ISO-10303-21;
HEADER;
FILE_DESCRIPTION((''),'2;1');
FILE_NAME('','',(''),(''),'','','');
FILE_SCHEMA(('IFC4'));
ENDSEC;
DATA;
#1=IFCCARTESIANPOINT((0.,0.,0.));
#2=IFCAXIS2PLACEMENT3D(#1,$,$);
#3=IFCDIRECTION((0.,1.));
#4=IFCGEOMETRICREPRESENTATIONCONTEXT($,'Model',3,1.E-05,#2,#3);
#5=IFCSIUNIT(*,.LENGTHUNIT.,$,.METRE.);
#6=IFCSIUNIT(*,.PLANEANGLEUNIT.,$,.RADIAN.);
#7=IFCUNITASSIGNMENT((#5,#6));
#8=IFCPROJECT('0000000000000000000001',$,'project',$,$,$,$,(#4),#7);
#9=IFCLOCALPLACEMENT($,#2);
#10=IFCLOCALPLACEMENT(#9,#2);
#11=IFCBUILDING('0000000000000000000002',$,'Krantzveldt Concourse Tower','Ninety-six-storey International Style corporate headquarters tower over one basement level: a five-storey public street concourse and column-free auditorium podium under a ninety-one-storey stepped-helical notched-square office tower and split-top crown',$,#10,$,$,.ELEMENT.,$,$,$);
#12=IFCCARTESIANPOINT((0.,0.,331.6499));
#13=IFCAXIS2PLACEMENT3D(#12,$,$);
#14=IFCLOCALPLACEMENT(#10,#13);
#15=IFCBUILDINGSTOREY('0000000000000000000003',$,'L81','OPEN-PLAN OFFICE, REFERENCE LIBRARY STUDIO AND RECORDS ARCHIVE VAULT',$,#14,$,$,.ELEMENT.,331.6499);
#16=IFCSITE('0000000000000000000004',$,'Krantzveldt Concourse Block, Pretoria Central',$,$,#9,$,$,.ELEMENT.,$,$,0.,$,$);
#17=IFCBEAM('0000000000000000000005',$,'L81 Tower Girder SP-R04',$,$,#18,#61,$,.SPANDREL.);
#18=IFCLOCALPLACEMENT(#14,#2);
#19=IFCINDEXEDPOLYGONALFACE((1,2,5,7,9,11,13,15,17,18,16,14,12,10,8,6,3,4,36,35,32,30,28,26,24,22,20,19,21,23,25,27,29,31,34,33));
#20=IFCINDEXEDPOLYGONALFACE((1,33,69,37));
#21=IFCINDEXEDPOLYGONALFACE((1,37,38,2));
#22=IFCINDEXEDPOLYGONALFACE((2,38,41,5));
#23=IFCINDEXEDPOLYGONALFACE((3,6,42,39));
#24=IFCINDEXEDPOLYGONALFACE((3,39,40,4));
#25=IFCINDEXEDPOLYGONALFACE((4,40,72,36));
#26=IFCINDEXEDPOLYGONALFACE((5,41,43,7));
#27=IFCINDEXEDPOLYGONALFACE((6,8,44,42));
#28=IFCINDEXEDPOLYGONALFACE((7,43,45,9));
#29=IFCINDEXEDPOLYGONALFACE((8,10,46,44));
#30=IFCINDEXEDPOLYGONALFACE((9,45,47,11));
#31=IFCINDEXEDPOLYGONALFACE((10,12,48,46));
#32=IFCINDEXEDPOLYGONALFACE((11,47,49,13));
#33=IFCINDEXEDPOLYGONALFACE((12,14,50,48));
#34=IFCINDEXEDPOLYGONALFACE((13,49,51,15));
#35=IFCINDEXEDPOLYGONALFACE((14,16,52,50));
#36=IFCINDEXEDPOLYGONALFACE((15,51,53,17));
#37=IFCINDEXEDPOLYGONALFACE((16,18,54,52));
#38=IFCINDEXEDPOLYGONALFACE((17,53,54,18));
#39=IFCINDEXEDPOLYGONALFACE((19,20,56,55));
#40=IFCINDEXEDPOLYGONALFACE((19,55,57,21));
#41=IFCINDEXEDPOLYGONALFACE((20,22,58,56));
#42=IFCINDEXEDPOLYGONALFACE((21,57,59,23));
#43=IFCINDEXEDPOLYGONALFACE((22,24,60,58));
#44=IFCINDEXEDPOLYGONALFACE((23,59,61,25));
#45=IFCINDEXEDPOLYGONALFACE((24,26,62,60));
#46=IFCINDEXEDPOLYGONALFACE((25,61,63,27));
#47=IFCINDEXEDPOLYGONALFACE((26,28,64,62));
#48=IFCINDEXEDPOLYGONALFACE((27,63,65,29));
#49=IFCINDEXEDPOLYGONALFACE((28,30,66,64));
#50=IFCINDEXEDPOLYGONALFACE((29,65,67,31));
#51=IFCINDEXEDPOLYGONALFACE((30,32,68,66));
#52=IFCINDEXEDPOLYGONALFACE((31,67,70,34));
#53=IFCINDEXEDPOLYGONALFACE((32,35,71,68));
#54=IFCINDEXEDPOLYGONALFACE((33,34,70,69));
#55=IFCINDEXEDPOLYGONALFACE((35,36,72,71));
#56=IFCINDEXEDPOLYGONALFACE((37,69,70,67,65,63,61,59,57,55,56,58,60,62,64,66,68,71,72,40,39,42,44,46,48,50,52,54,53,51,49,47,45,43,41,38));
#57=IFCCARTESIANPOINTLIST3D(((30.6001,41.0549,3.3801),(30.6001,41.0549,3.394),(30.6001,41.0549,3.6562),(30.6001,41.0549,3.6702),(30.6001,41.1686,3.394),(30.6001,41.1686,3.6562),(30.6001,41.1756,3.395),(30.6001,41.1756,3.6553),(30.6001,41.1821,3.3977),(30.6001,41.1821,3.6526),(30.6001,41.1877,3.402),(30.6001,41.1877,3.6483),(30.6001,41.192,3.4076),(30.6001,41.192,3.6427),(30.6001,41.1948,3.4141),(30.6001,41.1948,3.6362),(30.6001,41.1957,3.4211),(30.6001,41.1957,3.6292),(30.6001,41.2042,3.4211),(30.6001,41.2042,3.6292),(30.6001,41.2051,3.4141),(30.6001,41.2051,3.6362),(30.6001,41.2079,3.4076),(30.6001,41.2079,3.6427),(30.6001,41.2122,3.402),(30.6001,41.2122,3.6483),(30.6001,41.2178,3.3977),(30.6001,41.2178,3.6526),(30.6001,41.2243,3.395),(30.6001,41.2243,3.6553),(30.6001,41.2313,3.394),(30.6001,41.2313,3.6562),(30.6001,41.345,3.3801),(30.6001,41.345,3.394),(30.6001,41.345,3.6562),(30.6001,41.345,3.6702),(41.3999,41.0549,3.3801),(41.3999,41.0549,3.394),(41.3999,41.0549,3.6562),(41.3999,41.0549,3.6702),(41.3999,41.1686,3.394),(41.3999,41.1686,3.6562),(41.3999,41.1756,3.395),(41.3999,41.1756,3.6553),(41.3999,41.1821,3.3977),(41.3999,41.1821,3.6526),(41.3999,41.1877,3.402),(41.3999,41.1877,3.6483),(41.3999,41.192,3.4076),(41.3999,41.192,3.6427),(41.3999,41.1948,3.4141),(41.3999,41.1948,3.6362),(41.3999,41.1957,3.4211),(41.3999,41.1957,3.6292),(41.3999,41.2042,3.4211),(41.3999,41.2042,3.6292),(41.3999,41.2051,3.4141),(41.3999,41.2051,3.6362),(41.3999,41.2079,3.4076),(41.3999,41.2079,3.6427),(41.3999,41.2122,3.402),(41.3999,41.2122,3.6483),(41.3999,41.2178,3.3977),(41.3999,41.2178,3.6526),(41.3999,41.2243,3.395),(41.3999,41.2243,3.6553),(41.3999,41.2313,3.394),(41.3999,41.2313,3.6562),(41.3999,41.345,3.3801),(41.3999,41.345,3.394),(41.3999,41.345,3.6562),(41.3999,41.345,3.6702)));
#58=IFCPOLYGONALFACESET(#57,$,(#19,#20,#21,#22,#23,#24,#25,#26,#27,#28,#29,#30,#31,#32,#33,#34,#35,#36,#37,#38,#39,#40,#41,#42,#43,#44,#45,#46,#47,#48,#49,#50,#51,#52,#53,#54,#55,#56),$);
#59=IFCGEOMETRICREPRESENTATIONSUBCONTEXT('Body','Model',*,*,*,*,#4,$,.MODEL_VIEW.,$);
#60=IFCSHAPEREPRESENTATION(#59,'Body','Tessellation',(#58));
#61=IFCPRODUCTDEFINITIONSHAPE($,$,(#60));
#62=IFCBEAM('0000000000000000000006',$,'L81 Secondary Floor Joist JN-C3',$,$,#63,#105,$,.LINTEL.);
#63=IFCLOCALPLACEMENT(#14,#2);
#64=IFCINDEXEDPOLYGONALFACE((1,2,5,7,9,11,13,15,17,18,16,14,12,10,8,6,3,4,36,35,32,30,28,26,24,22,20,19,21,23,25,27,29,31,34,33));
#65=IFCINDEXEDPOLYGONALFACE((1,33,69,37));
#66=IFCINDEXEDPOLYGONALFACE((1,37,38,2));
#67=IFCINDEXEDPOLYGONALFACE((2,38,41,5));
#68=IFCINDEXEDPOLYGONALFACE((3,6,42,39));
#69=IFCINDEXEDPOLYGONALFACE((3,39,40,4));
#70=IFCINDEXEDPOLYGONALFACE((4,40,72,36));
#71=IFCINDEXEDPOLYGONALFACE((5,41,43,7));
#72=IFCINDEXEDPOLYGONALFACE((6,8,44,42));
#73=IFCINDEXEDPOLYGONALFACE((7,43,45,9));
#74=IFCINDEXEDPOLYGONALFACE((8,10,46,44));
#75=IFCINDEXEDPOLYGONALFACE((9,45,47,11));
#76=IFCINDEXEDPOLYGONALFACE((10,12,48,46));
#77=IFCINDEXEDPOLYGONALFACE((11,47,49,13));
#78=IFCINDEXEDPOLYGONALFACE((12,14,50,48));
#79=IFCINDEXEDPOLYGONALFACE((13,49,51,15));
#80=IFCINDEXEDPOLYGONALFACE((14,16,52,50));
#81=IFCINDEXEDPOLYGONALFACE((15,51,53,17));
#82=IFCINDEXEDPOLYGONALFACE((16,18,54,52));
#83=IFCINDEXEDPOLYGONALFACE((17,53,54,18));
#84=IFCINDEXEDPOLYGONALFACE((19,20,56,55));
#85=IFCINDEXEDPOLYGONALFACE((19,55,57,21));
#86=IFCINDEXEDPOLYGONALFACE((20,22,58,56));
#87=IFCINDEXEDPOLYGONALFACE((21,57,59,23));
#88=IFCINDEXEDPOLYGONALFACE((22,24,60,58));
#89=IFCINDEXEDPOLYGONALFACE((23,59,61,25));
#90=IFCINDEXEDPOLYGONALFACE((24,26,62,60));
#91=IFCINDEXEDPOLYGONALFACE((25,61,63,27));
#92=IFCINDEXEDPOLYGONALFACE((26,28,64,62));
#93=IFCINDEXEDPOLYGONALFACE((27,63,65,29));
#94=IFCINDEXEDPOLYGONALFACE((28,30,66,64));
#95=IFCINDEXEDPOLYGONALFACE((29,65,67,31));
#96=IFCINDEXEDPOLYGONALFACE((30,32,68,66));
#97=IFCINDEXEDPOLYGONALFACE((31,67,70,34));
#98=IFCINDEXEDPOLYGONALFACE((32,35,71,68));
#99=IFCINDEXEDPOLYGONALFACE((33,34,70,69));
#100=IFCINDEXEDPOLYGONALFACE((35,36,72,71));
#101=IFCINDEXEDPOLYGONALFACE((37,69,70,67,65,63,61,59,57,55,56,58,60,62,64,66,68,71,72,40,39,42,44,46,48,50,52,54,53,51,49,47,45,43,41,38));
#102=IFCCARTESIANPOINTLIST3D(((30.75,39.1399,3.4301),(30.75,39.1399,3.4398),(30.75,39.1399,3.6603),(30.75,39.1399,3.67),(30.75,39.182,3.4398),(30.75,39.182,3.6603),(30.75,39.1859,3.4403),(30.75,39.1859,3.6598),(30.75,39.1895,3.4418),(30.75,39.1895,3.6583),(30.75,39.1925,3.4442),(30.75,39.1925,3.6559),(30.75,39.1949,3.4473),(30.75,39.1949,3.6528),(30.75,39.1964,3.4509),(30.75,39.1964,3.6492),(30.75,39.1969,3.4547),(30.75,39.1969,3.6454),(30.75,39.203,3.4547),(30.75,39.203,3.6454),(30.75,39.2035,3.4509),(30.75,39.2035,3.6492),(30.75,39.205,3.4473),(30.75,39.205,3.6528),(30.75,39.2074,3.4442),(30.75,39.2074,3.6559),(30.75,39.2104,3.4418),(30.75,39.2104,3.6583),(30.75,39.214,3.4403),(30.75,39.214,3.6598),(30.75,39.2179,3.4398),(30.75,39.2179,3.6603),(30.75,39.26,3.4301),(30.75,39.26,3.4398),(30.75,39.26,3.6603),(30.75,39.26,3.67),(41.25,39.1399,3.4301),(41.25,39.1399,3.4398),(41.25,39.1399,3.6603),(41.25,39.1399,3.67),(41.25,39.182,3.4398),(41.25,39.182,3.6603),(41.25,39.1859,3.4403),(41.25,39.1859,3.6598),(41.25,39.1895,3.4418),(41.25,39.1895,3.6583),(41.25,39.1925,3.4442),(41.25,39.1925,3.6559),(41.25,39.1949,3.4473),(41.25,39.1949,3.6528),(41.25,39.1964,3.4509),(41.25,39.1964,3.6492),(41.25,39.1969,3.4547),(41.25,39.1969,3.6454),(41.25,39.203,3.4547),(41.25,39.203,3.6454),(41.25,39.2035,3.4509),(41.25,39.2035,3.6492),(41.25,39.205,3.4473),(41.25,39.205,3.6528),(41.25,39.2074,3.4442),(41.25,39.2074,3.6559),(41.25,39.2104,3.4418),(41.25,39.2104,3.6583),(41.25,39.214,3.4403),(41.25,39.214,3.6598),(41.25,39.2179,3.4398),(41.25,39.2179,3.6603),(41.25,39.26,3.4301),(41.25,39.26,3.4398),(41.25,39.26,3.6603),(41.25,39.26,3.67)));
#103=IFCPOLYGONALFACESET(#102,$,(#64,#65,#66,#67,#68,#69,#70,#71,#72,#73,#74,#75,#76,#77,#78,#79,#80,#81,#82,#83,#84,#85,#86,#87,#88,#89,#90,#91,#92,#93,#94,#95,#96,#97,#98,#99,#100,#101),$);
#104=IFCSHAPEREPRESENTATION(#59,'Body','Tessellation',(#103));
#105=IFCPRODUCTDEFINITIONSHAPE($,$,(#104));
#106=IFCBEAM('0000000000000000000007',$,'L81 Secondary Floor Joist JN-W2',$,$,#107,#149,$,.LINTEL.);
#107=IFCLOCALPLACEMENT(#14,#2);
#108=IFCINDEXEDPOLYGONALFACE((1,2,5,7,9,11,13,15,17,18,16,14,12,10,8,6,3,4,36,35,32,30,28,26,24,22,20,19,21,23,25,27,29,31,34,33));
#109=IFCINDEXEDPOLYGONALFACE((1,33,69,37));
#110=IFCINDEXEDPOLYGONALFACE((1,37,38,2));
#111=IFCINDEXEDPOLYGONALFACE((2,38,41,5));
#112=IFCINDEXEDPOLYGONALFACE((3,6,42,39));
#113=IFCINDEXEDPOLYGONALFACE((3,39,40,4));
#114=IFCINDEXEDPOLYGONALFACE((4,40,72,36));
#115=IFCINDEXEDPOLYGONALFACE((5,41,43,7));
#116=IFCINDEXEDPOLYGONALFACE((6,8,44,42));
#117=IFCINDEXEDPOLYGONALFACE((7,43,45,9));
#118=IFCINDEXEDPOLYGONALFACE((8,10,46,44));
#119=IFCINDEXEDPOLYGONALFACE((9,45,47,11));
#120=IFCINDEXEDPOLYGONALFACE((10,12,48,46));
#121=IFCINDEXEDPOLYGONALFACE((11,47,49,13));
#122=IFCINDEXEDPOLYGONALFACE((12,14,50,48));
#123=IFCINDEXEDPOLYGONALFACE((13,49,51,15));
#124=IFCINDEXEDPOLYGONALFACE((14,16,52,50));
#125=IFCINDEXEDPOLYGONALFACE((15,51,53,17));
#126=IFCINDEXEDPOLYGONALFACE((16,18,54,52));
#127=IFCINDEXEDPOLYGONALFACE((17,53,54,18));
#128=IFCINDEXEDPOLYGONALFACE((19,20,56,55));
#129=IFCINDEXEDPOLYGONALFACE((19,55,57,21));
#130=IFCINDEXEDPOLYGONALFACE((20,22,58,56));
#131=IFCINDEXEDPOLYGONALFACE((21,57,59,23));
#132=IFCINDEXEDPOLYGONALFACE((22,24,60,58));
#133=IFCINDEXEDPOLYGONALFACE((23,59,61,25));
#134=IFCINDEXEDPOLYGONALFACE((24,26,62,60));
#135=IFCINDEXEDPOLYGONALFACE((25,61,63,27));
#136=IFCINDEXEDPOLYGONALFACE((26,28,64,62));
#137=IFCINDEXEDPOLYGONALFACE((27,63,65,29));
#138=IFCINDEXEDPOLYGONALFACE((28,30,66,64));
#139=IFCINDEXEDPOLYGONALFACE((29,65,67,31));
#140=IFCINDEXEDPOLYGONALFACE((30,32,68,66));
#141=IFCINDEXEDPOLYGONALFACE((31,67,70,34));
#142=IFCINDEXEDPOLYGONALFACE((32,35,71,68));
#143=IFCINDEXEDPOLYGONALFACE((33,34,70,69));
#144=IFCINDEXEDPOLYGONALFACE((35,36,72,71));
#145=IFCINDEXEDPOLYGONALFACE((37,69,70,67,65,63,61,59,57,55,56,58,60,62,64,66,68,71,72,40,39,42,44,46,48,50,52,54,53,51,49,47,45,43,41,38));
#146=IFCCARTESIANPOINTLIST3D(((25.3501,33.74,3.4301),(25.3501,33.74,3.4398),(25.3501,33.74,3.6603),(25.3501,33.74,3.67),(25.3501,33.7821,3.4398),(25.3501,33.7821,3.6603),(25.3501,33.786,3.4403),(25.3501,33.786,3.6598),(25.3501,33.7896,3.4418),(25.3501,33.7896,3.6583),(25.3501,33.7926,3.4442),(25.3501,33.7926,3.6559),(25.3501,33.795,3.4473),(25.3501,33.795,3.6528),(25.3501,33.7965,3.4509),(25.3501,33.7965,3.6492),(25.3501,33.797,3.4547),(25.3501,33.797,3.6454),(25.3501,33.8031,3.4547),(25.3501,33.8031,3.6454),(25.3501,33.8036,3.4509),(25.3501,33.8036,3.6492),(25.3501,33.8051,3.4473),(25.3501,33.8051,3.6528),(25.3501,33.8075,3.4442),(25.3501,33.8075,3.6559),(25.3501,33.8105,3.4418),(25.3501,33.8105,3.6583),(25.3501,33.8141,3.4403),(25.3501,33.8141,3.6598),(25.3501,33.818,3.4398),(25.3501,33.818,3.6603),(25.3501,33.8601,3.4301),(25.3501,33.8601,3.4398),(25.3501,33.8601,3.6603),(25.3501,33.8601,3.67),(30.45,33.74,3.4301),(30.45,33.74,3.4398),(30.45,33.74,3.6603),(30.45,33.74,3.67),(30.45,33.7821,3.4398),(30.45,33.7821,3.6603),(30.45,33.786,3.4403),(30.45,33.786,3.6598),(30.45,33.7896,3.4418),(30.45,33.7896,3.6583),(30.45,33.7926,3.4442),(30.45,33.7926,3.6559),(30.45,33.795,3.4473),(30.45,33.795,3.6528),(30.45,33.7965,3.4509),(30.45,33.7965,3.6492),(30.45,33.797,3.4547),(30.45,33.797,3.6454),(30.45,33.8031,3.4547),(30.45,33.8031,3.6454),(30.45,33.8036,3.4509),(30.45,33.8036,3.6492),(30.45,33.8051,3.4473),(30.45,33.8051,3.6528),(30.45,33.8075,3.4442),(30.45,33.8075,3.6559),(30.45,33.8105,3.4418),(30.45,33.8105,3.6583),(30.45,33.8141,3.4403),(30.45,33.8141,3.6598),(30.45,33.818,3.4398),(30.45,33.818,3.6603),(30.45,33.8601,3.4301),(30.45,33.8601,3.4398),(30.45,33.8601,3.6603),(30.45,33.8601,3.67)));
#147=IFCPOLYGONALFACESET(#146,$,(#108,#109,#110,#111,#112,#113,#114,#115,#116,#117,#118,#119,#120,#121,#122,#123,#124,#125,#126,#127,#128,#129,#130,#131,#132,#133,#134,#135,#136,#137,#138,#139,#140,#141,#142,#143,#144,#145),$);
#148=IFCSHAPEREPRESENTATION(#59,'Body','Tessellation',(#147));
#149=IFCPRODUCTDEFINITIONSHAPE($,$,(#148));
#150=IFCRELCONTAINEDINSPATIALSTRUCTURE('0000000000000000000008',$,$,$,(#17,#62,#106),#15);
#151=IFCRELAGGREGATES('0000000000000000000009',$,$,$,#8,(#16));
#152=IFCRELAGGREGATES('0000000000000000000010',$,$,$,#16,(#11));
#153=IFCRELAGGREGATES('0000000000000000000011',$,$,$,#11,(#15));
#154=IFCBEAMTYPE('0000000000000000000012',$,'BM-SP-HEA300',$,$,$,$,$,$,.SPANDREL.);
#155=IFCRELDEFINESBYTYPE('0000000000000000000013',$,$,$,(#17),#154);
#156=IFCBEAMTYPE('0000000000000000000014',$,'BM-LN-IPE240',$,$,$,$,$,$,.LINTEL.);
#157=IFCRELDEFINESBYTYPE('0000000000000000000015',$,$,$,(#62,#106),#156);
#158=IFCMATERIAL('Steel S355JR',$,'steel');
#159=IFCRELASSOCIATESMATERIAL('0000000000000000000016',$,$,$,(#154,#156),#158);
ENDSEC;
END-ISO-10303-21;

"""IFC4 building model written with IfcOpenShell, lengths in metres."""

from ifc_helpers import new_model, si_unit, direction, frame, origin, origin_2d, place, context, subcontext, project, spatial, i_section, extrude, source, transform, mapped, material, material_profile, profile_set, type_object, type_shapes, element, save


model = new_model("IFC4")

# Units and contexts
model_context = context("Model", 3, precision=1e-05, world=origin(), true_north=direction((0.0, 1.0)))
body_context = subcontext(model_context, "Body", "Model", "MODEL_VIEW")
ifc_project = project(units=[si_unit("LENGTHUNIT", "METRE"), si_unit("PLANEANGLEUNIT", "RADIAN")], contexts=[model_context])

# Site, building, storey
site_placement = place(None, origin())
site = spatial("IfcSite", under=ifc_project, at=site_placement, Name="Krantzveldt Concourse Block, Pretoria Central", CompositionType="ELEMENT", RefElevation=0.0)
building_placement = place(site_placement, origin())
building = spatial("IfcBuilding", under=site, at=building_placement, Name="Krantzveldt Concourse Tower", Description="Ninety-six-storey International Style corporate headquarters tower over one basement level: a five-storey public street concourse and column-free auditorium podium under a ninety-one-storey stepped-helical notched-square office tower and split-top crown", CompositionType="ELEMENT")
storey_placement = place(building_placement, frame((0.0, 0.0, 331.6499)))
storey = spatial("IfcBuildingStorey", under=building, at=storey_placement, Name="L81", Description="OPEN-PLAN OFFICE, REFERENCE LIBRARY STUDIO AND RECORDS ARCHIVE VAULT", CompositionType="ELEMENT", Elevation=331.6499)

# Beams
ifc_material_1 = material(Name="Steel S355JR", Category="steel")
ifc_material_profile_1 = material_profile(ifc_material_1, i_section(OverallWidth=0.29, OverallDepth=0.29, WebThickness=0.0085, FlangeThickness=0.0139, FilletRadius=0.0271, at=origin_2d()), Name="Steel S355JR", Category="steel")
ifc_profile_set_1 = profile_set([ifc_material_profile_1], Name="Steel S355JR - HEA 300")
beam_type_1 = type_object("IfcBeamType", Name="BM-SP-HEA300", PredefinedType="SPANDREL", material=ifc_profile_set_1)
shared_shape_1 = source(origin(), body_context, "Body", "SweptSolid", [
    extrude(i_section(OverallWidth=0.29, OverallDepth=0.29, WebThickness=0.0085, FlangeThickness=0.0139, FilletRadius=0.0271, at=origin_2d()), origin(), (0.0, 0.0, 1.0), 10.7998),
])
beam_1_placement = place(storey_placement, frame((30.6001, 41.2, 3.5251), z_axis=(1.0, 0.0, 0.0), x_axis=(0.0, 1.0, 0.0)))
element("IfcBeam", 1, at=beam_1_placement, inside=storey, type_object=beam_type_1, Name="L81 Tower Girder SP-R04", PredefinedType="SPANDREL", context=body_context, shape_type="MappedRepresentation", body=[
    mapped(shared_shape_1, transform((0.0, 0.0, 0.0), x_axis=(1.0, 0.0, 0.0), y_axis=(0.0, 1.0, 0.0), z_axis=(0.0, 0.0, 1.0), scale=1.0)),
])
ifc_material_profile_2 = material_profile(ifc_material_1, i_section(OverallWidth=0.1201, OverallDepth=0.24, WebThickness=0.0061, FlangeThickness=0.0098, FilletRadius=0.0149, at=origin_2d()), Name="Steel S355JR", Category="steel")
ifc_profile_set_2 = profile_set([ifc_material_profile_2], Name="Steel S355JR - IPE 240")
beam_type_2 = type_object("IfcBeamType", Name="BM-LN-IPE240", PredefinedType="LINTEL", material=ifc_profile_set_2)
shared_shape_2 = source(origin(), body_context, "Body", "SweptSolid", [
    extrude(i_section(OverallWidth=0.1201, OverallDepth=0.24, WebThickness=0.0061, FlangeThickness=0.0098, FilletRadius=0.0149, at=origin_2d()), origin(), (0.0, 0.0, 1.0), 10.5),
])
beam_2_placement = place(storey_placement, frame((30.75, 39.2, 3.55), z_axis=(1.0, 0.0, 0.0), x_axis=(0.0, 1.0, 0.0)))
element("IfcBeam", 2, at=beam_2_placement, inside=storey, type_object=beam_type_2, Name="L81 Secondary Floor Joist JN-C3", PredefinedType="LINTEL", context=body_context, shape_type="MappedRepresentation", body=[
    mapped(shared_shape_2, transform((0.0, 0.0, 0.0), x_axis=(1.0, 0.0, 0.0), y_axis=(0.0, 1.0, 0.0), z_axis=(0.0, 0.0, 1.0), scale=1.0)),
])
shared_shape_3 = source(origin(), body_context, "Body", "SweptSolid", [
    extrude(i_section(OverallWidth=0.1201, OverallDepth=0.24, WebThickness=0.0061, FlangeThickness=0.0098, FilletRadius=0.0149, at=origin_2d()), origin(), (0.0, 0.0, 1.0), 5.0999),
])
type_shapes(beam_type_2, [shared_shape_2, shared_shape_3])
beam_3_placement = place(storey_placement, frame((25.3501, 33.8, 3.55), z_axis=(1.0, 0.0, 0.0), x_axis=(0.0, 1.0, 0.0)))
element("IfcBeam", 3, at=beam_3_placement, inside=storey, type_object=beam_type_2, Name="L81 Secondary Floor Joist JN-W2", PredefinedType="LINTEL", context=body_context, shape_type="MappedRepresentation", body=[
    mapped(shared_shape_3, transform((0.0, 0.0, 0.0), x_axis=(1.0, 0.0, 0.0), y_axis=(0.0, 1.0, 0.0), z_axis=(0.0, 0.0, 1.0), scale=1.0)),
])

save(model, "model.ifc")
